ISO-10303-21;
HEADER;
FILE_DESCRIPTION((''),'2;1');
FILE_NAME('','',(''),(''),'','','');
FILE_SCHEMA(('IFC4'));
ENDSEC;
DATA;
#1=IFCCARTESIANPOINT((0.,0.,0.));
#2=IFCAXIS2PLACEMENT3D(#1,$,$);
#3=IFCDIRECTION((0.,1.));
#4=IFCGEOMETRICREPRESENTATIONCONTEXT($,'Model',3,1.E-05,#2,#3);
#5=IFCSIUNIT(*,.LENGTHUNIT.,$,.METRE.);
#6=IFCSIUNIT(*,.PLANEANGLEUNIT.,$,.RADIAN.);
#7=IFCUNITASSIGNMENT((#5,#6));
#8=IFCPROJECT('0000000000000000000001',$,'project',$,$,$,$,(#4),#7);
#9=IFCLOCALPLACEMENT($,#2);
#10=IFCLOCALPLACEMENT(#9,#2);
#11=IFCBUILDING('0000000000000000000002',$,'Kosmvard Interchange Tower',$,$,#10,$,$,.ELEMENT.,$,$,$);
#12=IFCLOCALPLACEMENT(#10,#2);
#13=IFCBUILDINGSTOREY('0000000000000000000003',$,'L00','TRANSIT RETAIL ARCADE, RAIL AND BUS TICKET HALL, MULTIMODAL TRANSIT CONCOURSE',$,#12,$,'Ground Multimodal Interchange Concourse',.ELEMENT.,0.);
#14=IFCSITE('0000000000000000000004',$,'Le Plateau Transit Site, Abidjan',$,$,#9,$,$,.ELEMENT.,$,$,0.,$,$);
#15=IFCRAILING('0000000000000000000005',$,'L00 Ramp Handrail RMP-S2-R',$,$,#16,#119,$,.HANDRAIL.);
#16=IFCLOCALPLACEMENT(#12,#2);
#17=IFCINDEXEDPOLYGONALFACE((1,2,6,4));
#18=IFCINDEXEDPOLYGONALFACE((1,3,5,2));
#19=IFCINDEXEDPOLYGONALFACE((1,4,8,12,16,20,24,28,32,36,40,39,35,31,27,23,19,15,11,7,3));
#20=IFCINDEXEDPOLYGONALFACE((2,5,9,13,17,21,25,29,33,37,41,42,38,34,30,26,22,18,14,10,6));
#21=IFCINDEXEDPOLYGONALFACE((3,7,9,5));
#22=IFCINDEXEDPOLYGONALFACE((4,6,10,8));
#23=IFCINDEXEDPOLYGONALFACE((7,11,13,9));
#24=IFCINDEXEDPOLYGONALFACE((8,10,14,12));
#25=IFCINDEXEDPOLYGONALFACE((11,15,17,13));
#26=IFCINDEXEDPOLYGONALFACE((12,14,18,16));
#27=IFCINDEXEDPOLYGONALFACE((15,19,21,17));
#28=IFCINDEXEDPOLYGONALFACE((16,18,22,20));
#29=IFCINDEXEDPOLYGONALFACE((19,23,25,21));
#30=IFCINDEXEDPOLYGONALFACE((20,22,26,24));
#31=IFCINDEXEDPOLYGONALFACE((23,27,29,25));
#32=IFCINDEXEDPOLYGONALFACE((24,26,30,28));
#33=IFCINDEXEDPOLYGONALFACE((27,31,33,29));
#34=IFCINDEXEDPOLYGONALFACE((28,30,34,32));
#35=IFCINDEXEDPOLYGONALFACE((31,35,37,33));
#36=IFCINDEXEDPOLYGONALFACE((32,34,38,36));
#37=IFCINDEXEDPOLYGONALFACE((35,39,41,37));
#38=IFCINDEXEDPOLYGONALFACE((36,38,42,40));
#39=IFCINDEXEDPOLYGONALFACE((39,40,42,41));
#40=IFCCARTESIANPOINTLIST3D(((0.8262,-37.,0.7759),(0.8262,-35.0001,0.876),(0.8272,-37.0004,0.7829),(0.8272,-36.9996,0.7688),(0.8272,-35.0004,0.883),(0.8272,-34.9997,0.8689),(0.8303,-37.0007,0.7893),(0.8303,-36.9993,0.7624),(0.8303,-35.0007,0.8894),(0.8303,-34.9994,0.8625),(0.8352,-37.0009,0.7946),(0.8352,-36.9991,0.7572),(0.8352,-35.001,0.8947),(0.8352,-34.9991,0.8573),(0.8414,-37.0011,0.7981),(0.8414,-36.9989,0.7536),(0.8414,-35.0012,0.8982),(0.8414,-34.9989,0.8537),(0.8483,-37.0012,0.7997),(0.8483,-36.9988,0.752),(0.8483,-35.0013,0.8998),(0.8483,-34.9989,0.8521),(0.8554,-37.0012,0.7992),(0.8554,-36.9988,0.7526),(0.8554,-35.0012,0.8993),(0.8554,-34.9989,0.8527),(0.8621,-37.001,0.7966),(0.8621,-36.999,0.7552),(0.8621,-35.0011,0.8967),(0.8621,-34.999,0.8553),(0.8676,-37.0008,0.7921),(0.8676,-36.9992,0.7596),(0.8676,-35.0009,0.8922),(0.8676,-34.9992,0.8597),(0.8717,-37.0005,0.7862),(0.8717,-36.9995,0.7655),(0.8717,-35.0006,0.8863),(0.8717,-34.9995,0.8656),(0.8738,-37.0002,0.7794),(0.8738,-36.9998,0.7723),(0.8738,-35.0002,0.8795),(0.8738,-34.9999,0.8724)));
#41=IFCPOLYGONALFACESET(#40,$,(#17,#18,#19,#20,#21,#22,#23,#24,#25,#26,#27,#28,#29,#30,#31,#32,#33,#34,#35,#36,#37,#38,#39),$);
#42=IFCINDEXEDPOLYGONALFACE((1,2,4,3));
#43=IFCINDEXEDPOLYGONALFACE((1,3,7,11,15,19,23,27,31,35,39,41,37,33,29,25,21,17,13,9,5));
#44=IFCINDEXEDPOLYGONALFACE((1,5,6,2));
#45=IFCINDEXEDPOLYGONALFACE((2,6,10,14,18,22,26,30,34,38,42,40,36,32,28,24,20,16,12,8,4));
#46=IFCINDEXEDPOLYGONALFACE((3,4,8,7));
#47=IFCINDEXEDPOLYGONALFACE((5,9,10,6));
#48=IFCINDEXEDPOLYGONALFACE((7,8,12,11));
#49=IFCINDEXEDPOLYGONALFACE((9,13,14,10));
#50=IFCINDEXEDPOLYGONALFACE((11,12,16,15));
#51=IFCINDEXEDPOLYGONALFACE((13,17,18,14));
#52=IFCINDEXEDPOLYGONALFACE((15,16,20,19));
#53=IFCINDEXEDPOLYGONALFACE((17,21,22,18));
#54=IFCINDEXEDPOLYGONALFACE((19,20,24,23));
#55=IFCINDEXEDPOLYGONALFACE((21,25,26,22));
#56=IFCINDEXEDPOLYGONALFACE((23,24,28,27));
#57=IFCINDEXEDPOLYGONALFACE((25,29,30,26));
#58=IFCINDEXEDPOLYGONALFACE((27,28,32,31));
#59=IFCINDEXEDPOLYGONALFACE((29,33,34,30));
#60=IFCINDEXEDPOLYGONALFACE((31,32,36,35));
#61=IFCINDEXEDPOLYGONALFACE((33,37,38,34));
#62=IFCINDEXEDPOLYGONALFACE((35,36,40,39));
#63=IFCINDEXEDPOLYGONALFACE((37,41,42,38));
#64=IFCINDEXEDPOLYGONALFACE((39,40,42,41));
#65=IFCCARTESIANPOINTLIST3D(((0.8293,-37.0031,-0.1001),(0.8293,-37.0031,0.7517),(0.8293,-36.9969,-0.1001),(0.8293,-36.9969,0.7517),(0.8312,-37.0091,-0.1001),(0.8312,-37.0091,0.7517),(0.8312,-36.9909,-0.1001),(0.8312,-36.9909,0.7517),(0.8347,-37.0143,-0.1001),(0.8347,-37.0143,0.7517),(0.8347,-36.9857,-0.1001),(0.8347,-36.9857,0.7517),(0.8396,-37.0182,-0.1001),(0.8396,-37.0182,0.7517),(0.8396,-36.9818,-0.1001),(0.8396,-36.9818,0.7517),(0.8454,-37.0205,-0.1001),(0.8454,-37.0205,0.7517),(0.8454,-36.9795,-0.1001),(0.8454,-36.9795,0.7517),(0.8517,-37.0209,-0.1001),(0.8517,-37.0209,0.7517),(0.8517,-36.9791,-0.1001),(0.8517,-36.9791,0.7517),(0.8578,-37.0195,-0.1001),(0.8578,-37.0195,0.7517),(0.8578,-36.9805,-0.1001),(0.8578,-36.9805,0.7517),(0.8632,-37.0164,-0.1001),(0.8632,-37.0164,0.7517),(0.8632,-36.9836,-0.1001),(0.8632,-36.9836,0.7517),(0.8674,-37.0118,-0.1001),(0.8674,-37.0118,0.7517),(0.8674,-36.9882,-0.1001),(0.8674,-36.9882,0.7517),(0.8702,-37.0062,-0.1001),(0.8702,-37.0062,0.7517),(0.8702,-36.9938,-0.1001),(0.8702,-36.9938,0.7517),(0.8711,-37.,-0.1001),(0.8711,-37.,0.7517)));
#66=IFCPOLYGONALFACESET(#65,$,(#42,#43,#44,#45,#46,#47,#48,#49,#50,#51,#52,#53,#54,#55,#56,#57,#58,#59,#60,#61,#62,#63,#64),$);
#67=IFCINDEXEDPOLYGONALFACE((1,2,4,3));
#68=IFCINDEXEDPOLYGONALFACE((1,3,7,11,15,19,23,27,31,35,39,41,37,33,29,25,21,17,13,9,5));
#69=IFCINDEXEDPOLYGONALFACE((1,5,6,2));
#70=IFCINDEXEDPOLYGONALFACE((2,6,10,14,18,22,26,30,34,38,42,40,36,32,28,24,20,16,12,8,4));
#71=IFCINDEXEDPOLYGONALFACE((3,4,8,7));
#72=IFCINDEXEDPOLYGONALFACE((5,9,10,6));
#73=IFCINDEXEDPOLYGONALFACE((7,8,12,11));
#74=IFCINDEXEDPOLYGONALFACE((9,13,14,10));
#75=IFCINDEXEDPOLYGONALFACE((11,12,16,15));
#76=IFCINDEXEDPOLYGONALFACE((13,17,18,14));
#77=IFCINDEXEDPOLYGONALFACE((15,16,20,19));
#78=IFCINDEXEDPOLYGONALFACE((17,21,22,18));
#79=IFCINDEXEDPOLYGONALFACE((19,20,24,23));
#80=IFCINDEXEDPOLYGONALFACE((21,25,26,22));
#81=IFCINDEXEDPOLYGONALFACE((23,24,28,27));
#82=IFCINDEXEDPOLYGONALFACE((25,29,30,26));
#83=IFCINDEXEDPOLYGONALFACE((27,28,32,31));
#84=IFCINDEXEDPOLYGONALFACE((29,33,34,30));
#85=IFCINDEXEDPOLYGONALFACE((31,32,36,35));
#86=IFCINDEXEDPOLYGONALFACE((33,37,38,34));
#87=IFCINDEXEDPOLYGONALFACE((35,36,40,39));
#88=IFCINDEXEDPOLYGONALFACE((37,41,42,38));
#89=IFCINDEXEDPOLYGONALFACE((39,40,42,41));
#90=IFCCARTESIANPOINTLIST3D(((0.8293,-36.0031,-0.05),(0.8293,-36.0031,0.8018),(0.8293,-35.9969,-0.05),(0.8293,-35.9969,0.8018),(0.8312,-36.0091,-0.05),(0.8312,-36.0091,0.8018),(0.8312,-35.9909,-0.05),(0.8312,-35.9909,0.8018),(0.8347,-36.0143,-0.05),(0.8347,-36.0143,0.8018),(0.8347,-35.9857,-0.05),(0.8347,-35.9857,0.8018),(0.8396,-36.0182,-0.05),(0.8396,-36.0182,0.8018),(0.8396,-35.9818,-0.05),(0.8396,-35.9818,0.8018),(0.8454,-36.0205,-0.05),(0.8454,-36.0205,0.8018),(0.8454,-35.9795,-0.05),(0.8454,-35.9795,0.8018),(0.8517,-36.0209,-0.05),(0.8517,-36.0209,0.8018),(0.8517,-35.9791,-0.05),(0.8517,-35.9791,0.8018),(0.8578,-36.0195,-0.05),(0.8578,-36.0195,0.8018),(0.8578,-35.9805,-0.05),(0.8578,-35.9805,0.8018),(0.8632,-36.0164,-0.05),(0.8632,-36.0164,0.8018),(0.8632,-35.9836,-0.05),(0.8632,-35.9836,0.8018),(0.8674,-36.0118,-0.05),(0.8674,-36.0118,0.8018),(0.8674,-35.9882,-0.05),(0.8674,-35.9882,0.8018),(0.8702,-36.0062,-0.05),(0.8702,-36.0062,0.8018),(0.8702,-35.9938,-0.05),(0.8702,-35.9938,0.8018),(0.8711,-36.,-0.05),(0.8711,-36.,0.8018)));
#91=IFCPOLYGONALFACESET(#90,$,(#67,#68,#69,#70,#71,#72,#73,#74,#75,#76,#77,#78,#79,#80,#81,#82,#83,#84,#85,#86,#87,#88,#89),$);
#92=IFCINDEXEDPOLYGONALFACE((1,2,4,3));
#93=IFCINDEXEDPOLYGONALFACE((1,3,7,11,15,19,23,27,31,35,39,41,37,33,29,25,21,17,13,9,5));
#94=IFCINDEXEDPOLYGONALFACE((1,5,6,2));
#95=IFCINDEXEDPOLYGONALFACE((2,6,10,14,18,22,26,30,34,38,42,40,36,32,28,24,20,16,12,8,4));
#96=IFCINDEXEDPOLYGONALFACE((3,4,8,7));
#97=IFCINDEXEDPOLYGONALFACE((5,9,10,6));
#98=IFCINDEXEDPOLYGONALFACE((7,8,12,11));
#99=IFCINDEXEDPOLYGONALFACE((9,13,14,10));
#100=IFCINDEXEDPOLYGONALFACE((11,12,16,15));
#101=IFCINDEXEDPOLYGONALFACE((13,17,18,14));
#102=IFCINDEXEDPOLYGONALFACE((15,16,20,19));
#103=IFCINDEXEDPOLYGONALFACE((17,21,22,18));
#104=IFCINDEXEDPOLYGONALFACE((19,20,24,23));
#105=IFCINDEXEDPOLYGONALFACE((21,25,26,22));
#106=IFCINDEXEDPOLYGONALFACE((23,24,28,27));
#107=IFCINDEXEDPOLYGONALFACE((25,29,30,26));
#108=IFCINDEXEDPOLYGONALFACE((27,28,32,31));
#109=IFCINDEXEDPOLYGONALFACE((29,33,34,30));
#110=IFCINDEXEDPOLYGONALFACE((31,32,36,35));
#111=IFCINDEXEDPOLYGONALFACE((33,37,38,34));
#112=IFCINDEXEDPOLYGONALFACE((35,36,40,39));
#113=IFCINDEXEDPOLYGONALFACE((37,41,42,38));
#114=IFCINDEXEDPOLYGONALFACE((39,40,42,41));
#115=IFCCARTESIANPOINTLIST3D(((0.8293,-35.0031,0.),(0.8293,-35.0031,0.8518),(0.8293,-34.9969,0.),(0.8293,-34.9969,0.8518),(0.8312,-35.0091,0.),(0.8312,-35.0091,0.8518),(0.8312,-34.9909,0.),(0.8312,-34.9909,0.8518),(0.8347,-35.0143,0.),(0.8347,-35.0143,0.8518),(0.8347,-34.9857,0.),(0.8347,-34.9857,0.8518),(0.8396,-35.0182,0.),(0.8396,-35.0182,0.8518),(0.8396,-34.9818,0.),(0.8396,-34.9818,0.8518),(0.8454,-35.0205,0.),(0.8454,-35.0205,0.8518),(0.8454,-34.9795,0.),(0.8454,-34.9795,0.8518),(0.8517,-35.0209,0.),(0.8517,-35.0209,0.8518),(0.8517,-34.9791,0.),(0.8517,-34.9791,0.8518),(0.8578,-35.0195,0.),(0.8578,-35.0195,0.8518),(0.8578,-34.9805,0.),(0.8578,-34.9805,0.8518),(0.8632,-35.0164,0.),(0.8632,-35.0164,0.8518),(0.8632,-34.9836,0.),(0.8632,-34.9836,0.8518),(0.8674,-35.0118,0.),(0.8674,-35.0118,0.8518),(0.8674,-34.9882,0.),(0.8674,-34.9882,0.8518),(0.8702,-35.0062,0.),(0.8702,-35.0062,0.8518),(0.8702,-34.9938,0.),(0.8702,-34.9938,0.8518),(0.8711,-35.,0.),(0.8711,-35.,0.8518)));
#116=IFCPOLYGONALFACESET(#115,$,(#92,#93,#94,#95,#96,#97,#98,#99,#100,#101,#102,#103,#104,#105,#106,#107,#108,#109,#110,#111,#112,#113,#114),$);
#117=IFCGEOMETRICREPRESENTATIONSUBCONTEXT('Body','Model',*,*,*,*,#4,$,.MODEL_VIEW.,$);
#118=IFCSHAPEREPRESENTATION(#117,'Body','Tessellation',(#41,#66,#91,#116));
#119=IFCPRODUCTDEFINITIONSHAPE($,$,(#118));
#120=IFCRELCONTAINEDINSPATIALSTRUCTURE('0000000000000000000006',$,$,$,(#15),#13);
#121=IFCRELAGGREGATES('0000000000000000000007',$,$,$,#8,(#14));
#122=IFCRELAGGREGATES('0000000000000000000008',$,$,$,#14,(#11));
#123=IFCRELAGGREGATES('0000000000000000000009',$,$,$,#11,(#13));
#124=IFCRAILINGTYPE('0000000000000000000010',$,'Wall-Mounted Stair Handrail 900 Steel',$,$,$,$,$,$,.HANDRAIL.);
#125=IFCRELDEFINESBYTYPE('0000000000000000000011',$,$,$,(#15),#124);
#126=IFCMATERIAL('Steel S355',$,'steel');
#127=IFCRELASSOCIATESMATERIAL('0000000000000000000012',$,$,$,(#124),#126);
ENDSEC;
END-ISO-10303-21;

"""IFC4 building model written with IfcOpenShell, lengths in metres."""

from ifc_helpers import new_model, si_unit, direction, frame, origin, origin_2d, place, context, subcontext, project, spatial, circle, extrude, source, transform, mapped, material, type_object, element, save


model = new_model("IFC4")

# Units and contexts
model_context = context("Model", 3, precision=1e-05, world=origin(), true_north=direction((0.0, 1.0)))
body_context = subcontext(model_context, "Body", "Model", "MODEL_VIEW")
ifc_project = project(units=[si_unit("LENGTHUNIT", "METRE"), si_unit("PLANEANGLEUNIT", "RADIAN")], contexts=[model_context])

# Site, building, storey
site_placement = place(None, origin())
site = spatial("IfcSite", under=ifc_project, at=site_placement, Name="Le Plateau Transit Site, Abidjan", CompositionType="ELEMENT", RefElevation=0.0)
building_placement = place(site_placement, origin())
building = spatial("IfcBuilding", under=site, at=building_placement, Name="Kosmvard Interchange Tower", CompositionType="ELEMENT")
storey_placement = place(building_placement, origin())
storey = spatial("IfcBuildingStorey", under=building, at=storey_placement, Name="L00", Description="TRANSIT RETAIL ARCADE, RAIL AND BUS TICKET HALL, MULTIMODAL TRANSIT CONCOURSE", LongName="Ground Multimodal Interchange Concourse", CompositionType="ELEMENT", Elevation=0.0)

# Shared definitions
ifc_material_1 = material(Name="Steel S355", Category="steel")

# Railing
railing_type = type_object("IfcRailingType", Name="Wall-Mounted Stair Handrail 900 Steel", PredefinedType="HANDRAIL", material=ifc_material_1)
shared_shape_1 = source(origin(), body_context, "Body", "SweptSolid", [
    extrude(circle(Radius=0.0239, at=origin_2d()), frame((0.0, 0.0, 0.876), z_axis=(0.0, 0.99875, 0.049986), x_axis=(-1.0, 0.0, 0.0)), (0.0, 0.0, 1.0), 2.0024),
    extrude(circle(Radius=0.021, at=origin_2d()), origin(), (0.0, 0.0, 1.0), 0.8518),
    extrude(circle(Radius=0.021, at=origin_2d()), frame((0.0, 1.0, 0.05)), (0.0, 0.0, 1.0), 0.8518),
    extrude(circle(Radius=0.021, at=origin_2d()), frame((0.0, 2.0, 0.1001)), (0.0, 0.0, 1.0), 0.8518),
])
for number, where, name in (
    (1, (0.8501, -37.0, -0.1001), "L00 Ramp Handrail RMP-S2-R"),
):
    element("IfcRailing", number, at=place(storey_placement, frame(where)), inside=storey, type_object=railing_type, Name=name, PredefinedType="HANDRAIL", context=body_context, shape_type="MappedRepresentation", body=[
        mapped(shared_shape_1, transform((0.0, 0.0, 0.0), scale=1.0)),
    ])

save(model, "model.ifc")
